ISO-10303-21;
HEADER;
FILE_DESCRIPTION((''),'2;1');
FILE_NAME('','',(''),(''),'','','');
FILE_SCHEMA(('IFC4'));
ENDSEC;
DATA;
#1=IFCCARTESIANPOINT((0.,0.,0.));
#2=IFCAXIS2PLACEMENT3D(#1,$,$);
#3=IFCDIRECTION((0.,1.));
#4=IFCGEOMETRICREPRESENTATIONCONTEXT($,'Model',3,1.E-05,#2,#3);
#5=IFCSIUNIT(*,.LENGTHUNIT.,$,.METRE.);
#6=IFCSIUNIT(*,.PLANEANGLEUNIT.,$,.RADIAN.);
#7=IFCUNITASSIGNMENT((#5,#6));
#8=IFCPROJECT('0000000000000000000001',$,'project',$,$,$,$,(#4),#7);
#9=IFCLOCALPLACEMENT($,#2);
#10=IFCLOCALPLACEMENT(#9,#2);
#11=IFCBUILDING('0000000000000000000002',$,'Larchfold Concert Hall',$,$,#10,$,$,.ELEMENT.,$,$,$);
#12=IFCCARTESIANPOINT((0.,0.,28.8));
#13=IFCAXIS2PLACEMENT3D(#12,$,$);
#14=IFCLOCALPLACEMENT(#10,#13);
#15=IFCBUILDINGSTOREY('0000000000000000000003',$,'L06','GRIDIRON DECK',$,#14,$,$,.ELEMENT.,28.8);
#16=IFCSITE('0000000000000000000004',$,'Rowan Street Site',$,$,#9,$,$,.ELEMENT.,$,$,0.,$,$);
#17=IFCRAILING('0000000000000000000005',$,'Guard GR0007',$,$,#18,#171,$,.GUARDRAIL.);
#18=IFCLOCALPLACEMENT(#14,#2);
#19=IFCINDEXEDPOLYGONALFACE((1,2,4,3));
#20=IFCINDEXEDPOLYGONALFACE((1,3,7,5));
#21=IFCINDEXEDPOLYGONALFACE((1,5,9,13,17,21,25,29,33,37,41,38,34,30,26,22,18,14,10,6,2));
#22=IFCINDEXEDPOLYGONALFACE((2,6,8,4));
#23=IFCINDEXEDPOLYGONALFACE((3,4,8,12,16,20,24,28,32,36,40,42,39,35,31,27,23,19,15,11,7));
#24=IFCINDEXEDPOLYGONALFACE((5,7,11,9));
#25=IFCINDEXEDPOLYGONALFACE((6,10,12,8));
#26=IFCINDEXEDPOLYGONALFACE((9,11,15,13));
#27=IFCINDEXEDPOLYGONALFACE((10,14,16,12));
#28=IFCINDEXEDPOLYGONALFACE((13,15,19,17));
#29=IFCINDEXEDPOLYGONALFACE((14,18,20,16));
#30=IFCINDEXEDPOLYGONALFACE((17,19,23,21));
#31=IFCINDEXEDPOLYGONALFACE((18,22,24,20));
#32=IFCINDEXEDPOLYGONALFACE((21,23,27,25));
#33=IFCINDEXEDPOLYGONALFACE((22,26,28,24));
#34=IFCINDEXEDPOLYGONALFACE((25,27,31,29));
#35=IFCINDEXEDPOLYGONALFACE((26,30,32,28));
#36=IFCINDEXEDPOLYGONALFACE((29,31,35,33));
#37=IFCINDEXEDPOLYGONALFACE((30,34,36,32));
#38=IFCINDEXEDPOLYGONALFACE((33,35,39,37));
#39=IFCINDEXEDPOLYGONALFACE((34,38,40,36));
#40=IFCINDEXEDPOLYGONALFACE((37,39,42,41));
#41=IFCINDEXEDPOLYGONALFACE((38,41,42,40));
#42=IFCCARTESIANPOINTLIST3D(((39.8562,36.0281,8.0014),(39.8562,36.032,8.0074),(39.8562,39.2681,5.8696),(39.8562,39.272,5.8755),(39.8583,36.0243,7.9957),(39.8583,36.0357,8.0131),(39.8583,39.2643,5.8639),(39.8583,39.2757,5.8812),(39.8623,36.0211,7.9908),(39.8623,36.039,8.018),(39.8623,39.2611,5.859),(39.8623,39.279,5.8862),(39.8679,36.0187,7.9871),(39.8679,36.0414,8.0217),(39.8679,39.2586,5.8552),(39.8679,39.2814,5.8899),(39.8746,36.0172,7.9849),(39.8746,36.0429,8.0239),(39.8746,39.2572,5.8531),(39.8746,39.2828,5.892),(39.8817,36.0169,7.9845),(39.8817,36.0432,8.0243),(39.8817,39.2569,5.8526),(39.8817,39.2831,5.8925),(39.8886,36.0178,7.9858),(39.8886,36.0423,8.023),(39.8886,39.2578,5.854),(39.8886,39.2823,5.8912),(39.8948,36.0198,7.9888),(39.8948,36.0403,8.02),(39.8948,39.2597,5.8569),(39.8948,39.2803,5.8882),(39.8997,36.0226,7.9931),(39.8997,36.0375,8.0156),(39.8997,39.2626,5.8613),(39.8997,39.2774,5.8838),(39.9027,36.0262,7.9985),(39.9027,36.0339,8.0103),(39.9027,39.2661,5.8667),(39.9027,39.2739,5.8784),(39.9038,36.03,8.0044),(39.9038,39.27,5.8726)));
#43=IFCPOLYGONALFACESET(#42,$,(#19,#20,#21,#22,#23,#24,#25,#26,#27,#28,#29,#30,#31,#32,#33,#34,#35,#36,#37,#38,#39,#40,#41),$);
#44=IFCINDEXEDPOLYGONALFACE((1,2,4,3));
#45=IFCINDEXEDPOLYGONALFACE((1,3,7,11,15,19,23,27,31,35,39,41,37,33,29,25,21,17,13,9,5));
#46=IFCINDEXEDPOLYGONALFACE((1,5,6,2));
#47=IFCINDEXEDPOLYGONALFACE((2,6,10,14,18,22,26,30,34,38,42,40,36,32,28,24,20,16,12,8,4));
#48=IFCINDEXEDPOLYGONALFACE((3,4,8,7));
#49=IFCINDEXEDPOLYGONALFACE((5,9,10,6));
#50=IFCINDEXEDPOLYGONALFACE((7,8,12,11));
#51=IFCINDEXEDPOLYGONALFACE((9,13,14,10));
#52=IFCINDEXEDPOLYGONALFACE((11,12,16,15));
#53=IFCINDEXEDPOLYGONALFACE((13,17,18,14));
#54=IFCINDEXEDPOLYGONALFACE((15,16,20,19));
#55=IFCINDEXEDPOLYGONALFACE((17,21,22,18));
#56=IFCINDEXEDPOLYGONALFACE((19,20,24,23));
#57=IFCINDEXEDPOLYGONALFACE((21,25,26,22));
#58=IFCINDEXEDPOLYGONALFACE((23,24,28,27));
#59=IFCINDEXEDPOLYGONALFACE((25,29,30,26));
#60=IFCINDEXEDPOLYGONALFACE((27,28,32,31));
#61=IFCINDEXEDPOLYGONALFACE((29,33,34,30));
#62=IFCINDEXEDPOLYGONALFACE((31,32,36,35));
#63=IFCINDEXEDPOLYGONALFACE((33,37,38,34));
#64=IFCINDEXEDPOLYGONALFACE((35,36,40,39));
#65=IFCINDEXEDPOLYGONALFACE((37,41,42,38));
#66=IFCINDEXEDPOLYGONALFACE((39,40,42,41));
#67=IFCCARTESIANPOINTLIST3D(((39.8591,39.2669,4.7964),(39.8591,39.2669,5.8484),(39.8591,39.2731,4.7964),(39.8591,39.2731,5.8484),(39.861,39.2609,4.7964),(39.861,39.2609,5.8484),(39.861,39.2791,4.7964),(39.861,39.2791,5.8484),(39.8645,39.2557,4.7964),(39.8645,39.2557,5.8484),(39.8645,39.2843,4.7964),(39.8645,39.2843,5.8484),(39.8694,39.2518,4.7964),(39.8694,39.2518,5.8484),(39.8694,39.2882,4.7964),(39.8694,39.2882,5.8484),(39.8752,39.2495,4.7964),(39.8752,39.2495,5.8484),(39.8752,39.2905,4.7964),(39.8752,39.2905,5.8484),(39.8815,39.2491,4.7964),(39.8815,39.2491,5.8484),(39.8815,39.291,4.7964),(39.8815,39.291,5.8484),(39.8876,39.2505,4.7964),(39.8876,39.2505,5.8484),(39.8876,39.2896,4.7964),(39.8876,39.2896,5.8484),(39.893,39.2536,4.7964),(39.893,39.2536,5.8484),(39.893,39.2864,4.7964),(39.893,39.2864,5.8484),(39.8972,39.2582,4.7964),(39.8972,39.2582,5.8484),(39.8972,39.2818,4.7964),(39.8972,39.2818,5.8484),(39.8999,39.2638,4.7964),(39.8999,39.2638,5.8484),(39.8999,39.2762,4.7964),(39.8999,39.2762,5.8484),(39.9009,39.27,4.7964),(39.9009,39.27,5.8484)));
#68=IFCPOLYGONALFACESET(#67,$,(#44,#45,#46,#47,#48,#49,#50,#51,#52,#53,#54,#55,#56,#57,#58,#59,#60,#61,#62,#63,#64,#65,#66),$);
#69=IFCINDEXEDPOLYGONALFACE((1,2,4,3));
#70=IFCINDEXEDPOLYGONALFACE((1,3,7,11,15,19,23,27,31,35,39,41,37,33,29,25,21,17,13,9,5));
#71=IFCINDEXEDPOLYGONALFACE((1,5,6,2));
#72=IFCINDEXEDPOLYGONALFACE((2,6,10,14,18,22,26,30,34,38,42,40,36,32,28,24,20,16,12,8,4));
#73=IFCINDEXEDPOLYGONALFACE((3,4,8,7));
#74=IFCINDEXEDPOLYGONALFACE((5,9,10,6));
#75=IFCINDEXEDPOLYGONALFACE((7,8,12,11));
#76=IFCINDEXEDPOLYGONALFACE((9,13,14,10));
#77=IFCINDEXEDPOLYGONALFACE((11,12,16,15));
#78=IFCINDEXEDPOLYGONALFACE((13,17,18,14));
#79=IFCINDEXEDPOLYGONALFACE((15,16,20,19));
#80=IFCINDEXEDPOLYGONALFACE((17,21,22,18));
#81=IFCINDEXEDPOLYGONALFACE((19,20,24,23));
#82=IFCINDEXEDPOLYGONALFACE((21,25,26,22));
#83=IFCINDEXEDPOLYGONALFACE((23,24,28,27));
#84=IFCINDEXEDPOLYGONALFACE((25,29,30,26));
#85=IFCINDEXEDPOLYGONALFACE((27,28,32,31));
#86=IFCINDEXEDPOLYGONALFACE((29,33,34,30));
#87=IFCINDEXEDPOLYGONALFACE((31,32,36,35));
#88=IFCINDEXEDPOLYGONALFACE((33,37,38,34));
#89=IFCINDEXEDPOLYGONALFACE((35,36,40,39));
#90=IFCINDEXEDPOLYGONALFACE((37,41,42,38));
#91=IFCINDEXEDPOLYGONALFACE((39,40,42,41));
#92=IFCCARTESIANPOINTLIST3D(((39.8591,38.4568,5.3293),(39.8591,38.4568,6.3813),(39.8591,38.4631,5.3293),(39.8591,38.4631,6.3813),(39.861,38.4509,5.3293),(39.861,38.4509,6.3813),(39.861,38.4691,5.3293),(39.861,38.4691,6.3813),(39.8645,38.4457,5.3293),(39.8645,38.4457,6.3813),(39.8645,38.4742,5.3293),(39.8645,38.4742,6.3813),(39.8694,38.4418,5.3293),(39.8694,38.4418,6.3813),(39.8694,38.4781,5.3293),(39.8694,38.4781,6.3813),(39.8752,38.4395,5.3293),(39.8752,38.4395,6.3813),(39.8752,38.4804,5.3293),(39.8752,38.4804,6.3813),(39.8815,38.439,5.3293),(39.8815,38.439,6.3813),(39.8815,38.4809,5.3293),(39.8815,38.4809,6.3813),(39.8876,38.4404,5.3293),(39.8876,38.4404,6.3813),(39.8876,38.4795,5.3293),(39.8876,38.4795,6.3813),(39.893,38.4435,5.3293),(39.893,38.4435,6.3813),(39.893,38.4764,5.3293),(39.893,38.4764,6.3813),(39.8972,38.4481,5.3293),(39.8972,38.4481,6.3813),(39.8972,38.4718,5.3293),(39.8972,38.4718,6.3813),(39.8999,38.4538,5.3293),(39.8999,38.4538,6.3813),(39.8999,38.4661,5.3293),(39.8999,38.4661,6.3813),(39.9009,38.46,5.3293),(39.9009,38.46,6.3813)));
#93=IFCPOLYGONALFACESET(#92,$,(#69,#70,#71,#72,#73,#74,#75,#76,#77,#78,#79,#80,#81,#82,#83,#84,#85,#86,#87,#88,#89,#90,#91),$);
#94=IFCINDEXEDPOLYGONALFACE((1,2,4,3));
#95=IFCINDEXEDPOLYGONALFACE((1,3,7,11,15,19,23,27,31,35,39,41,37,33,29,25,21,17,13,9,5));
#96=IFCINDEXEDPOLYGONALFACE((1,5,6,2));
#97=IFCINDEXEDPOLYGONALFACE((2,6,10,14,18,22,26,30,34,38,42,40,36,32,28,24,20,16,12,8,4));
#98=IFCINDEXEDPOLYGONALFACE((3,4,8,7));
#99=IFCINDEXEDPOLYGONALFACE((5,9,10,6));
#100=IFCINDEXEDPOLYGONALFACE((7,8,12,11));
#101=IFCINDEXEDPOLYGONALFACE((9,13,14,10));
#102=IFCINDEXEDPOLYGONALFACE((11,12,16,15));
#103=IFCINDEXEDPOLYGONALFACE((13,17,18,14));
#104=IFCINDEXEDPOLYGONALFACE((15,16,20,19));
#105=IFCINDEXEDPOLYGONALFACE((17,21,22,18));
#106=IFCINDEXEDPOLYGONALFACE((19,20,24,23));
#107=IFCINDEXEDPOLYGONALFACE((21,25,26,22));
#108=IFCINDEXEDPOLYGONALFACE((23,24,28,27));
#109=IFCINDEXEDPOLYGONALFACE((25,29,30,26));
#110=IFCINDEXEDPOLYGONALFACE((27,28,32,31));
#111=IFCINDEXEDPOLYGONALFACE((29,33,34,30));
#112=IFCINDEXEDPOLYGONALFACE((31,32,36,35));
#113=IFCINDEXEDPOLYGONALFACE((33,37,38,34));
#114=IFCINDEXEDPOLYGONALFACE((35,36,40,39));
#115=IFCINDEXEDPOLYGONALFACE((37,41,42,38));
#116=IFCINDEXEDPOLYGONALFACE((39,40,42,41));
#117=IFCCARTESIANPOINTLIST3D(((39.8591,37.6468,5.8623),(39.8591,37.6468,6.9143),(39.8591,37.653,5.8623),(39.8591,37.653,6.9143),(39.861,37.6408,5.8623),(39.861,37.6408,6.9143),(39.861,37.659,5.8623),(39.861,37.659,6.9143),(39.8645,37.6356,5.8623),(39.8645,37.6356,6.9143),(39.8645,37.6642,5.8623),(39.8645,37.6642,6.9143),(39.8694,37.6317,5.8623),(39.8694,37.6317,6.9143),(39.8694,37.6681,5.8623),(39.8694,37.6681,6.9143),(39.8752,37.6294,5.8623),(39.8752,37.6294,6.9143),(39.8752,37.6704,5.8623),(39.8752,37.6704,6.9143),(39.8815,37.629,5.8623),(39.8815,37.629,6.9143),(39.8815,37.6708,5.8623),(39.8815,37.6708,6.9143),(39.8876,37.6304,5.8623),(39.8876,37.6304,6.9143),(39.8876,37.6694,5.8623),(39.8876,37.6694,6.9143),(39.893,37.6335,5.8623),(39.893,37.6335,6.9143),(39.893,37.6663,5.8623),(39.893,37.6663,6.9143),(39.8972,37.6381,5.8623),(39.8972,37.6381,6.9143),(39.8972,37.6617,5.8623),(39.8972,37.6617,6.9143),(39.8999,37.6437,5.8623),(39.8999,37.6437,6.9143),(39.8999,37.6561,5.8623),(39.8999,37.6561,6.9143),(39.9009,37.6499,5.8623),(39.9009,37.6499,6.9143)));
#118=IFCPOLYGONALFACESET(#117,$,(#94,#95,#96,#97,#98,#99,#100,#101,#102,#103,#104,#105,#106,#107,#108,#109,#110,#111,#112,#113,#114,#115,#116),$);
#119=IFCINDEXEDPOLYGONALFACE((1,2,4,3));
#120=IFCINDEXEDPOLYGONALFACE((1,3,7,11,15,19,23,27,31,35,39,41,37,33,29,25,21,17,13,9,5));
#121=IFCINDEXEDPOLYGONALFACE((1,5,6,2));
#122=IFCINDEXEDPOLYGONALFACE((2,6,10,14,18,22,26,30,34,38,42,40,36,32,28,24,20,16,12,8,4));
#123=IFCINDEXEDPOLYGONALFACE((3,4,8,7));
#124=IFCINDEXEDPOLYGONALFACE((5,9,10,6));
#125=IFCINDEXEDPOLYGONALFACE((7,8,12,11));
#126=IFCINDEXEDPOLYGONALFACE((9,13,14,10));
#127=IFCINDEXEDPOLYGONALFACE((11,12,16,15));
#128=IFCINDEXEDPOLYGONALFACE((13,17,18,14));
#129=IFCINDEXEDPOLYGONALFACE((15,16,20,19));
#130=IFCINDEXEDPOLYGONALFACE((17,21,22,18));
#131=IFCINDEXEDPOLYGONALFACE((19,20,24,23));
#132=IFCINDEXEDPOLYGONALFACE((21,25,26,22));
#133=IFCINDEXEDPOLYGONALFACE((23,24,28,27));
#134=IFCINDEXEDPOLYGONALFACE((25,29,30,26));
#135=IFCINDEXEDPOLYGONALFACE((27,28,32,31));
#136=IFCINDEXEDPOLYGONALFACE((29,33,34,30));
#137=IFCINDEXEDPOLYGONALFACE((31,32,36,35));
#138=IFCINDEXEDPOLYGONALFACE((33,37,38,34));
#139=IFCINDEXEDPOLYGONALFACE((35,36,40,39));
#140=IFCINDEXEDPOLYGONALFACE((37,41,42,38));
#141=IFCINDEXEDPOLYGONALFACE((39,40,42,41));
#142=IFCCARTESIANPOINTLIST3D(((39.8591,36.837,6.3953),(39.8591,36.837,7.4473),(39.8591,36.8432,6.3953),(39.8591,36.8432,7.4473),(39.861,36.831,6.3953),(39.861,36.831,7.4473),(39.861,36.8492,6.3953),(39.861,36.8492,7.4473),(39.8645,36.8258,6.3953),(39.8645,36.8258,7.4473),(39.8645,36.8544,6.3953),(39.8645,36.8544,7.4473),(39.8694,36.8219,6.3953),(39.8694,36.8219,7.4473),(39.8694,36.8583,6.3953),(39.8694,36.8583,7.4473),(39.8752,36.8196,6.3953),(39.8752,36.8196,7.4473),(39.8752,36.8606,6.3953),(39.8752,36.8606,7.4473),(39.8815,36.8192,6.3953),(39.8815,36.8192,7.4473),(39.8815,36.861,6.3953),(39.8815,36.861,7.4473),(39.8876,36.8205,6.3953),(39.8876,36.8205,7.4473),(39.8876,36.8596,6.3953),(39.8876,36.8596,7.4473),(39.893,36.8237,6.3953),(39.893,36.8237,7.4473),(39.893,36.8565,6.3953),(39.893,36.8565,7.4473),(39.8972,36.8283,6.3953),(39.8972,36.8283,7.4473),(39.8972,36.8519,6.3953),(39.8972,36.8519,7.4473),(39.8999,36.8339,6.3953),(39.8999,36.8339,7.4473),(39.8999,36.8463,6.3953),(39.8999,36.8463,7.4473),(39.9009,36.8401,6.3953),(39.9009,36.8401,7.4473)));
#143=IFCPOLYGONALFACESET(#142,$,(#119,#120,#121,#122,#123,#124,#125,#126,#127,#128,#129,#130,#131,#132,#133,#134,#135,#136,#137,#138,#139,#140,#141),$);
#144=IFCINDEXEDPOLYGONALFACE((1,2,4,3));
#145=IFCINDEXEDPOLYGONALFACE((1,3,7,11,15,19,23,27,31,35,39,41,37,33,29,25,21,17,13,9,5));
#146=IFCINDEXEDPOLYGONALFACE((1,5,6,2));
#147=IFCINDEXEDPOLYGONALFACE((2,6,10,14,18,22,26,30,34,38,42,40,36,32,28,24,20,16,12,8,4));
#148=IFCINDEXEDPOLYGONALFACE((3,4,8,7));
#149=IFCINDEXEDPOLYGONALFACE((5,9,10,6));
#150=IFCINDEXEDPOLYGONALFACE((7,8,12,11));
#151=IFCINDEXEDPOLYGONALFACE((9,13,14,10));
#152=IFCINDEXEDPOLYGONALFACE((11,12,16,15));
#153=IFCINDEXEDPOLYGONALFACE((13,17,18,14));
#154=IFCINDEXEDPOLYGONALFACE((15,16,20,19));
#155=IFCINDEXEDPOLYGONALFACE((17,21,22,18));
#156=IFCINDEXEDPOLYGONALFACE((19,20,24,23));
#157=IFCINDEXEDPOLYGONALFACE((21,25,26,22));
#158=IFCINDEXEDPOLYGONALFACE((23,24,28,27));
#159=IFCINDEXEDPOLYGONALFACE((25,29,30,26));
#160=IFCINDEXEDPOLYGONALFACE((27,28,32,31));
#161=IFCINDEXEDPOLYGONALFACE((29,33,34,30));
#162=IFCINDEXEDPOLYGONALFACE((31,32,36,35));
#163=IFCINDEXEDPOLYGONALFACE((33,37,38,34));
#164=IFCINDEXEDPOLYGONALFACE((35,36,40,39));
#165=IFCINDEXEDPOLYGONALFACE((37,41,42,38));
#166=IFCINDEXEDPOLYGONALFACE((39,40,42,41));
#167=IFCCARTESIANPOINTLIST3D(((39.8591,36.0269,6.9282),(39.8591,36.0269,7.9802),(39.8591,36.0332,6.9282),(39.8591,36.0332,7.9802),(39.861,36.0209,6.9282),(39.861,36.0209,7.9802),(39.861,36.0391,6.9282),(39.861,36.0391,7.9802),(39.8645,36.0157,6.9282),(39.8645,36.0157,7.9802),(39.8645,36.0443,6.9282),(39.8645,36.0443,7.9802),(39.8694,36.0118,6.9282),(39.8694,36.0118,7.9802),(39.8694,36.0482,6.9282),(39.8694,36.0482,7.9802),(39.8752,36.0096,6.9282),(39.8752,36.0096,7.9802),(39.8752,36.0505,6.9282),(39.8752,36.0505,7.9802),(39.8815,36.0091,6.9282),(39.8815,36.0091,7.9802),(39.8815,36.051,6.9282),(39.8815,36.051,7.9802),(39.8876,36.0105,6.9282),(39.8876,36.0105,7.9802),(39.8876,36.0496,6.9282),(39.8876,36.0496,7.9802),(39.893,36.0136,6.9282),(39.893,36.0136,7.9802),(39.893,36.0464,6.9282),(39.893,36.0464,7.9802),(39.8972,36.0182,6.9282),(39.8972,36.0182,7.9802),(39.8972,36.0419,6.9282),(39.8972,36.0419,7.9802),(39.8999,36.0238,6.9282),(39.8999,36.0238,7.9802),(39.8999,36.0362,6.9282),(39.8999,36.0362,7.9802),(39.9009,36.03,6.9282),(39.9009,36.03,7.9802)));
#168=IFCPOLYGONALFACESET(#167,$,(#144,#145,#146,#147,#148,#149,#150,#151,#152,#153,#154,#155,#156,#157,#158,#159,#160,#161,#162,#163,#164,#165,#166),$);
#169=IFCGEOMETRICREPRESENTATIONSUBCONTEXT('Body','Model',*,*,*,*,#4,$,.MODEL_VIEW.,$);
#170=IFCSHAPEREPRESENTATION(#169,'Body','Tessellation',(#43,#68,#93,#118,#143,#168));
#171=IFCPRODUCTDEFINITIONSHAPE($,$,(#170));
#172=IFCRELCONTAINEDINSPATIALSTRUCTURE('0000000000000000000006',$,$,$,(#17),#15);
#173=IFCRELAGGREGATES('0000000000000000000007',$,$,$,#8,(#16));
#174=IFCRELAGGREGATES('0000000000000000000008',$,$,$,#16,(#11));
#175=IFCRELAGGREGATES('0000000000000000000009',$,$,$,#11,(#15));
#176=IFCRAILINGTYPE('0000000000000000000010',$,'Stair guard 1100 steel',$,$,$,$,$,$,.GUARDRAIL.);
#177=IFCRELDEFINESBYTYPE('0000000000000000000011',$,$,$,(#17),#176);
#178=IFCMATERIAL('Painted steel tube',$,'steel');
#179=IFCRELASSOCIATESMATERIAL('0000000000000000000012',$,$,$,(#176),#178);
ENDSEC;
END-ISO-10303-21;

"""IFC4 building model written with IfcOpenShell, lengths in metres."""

from ifc_helpers import new_model, si_unit, direction, frame, origin, origin_2d, place, context, subcontext, project, spatial, circle, extrude, material, type_object, element, save


model = new_model("IFC4")

# Units and contexts
model_context = context("Model", 3, precision=1e-05, world=origin(), true_north=direction((0.0, 1.0)))
body_context = subcontext(model_context, "Body", "Model", "MODEL_VIEW")
ifc_project = project(units=[si_unit("LENGTHUNIT", "METRE"), si_unit("PLANEANGLEUNIT", "RADIAN")], contexts=[model_context])

# Site, building, storey
site_placement = place(None, origin())
site = spatial("IfcSite", under=ifc_project, at=site_placement, Name="Rowan Street Site", CompositionType="ELEMENT", RefElevation=0.0)
building_placement = place(site_placement, origin())
building = spatial("IfcBuilding", under=site, at=building_placement, Name="Larchfold Concert Hall", CompositionType="ELEMENT")
storey_placement = place(building_placement, frame((0.0, 0.0, 28.8)))
storey = spatial("IfcBuildingStorey", under=building, at=storey_placement, Name="L06", Description="GRIDIRON DECK", CompositionType="ELEMENT", Elevation=28.8)

# Railing
ifc_material_1 = material(Name="Painted steel tube", Category="steel")
railing_type_1 = type_object("IfcRailingType", Name="Stair guard 1100 steel", PredefinedType="GUARDRAIL", material=ifc_material_1)
railing_1_placement = place(storey_placement, frame((39.8799, 39.27, 4.7964)))
element("IfcRailing", 1, at=railing_1_placement, inside=storey, type_object=railing_type_1, Name="Guard GR0007", PredefinedType="GUARDRAIL", context=body_context, shape_type="SweptSolid", body=[
    extrude(circle(Radius=0.0239, at=origin_2d()), frame((0.0, 0.0, 1.0762), z_axis=(0.0, -0.835386, 0.549664), x_axis=(1.0, 0.0, 0.0)), (0.0, 0.0, 1.0), 3.8784),
    extrude(circle(Radius=0.021, at=origin_2d()), origin(), (0.0, 0.0, 1.0), 1.052),
    extrude(circle(Radius=0.021, at=origin_2d()), frame((0.0, -0.8101, 0.533)), (0.0, 0.0, 1.0), 1.052),
    extrude(circle(Radius=0.021, at=origin_2d()), frame((0.0, -1.6201, 1.0659)), (0.0, 0.0, 1.0), 1.052),
    extrude(circle(Radius=0.021, at=origin_2d()), frame((0.0, -2.4299, 1.5989)), (0.0, 0.0, 1.0), 1.052),
    extrude(circle(Radius=0.021, at=origin_2d()), frame((0.0, -3.24, 2.1318)), (0.0, 0.0, 1.0), 1.052),
])

save(model, "model.ifc")
